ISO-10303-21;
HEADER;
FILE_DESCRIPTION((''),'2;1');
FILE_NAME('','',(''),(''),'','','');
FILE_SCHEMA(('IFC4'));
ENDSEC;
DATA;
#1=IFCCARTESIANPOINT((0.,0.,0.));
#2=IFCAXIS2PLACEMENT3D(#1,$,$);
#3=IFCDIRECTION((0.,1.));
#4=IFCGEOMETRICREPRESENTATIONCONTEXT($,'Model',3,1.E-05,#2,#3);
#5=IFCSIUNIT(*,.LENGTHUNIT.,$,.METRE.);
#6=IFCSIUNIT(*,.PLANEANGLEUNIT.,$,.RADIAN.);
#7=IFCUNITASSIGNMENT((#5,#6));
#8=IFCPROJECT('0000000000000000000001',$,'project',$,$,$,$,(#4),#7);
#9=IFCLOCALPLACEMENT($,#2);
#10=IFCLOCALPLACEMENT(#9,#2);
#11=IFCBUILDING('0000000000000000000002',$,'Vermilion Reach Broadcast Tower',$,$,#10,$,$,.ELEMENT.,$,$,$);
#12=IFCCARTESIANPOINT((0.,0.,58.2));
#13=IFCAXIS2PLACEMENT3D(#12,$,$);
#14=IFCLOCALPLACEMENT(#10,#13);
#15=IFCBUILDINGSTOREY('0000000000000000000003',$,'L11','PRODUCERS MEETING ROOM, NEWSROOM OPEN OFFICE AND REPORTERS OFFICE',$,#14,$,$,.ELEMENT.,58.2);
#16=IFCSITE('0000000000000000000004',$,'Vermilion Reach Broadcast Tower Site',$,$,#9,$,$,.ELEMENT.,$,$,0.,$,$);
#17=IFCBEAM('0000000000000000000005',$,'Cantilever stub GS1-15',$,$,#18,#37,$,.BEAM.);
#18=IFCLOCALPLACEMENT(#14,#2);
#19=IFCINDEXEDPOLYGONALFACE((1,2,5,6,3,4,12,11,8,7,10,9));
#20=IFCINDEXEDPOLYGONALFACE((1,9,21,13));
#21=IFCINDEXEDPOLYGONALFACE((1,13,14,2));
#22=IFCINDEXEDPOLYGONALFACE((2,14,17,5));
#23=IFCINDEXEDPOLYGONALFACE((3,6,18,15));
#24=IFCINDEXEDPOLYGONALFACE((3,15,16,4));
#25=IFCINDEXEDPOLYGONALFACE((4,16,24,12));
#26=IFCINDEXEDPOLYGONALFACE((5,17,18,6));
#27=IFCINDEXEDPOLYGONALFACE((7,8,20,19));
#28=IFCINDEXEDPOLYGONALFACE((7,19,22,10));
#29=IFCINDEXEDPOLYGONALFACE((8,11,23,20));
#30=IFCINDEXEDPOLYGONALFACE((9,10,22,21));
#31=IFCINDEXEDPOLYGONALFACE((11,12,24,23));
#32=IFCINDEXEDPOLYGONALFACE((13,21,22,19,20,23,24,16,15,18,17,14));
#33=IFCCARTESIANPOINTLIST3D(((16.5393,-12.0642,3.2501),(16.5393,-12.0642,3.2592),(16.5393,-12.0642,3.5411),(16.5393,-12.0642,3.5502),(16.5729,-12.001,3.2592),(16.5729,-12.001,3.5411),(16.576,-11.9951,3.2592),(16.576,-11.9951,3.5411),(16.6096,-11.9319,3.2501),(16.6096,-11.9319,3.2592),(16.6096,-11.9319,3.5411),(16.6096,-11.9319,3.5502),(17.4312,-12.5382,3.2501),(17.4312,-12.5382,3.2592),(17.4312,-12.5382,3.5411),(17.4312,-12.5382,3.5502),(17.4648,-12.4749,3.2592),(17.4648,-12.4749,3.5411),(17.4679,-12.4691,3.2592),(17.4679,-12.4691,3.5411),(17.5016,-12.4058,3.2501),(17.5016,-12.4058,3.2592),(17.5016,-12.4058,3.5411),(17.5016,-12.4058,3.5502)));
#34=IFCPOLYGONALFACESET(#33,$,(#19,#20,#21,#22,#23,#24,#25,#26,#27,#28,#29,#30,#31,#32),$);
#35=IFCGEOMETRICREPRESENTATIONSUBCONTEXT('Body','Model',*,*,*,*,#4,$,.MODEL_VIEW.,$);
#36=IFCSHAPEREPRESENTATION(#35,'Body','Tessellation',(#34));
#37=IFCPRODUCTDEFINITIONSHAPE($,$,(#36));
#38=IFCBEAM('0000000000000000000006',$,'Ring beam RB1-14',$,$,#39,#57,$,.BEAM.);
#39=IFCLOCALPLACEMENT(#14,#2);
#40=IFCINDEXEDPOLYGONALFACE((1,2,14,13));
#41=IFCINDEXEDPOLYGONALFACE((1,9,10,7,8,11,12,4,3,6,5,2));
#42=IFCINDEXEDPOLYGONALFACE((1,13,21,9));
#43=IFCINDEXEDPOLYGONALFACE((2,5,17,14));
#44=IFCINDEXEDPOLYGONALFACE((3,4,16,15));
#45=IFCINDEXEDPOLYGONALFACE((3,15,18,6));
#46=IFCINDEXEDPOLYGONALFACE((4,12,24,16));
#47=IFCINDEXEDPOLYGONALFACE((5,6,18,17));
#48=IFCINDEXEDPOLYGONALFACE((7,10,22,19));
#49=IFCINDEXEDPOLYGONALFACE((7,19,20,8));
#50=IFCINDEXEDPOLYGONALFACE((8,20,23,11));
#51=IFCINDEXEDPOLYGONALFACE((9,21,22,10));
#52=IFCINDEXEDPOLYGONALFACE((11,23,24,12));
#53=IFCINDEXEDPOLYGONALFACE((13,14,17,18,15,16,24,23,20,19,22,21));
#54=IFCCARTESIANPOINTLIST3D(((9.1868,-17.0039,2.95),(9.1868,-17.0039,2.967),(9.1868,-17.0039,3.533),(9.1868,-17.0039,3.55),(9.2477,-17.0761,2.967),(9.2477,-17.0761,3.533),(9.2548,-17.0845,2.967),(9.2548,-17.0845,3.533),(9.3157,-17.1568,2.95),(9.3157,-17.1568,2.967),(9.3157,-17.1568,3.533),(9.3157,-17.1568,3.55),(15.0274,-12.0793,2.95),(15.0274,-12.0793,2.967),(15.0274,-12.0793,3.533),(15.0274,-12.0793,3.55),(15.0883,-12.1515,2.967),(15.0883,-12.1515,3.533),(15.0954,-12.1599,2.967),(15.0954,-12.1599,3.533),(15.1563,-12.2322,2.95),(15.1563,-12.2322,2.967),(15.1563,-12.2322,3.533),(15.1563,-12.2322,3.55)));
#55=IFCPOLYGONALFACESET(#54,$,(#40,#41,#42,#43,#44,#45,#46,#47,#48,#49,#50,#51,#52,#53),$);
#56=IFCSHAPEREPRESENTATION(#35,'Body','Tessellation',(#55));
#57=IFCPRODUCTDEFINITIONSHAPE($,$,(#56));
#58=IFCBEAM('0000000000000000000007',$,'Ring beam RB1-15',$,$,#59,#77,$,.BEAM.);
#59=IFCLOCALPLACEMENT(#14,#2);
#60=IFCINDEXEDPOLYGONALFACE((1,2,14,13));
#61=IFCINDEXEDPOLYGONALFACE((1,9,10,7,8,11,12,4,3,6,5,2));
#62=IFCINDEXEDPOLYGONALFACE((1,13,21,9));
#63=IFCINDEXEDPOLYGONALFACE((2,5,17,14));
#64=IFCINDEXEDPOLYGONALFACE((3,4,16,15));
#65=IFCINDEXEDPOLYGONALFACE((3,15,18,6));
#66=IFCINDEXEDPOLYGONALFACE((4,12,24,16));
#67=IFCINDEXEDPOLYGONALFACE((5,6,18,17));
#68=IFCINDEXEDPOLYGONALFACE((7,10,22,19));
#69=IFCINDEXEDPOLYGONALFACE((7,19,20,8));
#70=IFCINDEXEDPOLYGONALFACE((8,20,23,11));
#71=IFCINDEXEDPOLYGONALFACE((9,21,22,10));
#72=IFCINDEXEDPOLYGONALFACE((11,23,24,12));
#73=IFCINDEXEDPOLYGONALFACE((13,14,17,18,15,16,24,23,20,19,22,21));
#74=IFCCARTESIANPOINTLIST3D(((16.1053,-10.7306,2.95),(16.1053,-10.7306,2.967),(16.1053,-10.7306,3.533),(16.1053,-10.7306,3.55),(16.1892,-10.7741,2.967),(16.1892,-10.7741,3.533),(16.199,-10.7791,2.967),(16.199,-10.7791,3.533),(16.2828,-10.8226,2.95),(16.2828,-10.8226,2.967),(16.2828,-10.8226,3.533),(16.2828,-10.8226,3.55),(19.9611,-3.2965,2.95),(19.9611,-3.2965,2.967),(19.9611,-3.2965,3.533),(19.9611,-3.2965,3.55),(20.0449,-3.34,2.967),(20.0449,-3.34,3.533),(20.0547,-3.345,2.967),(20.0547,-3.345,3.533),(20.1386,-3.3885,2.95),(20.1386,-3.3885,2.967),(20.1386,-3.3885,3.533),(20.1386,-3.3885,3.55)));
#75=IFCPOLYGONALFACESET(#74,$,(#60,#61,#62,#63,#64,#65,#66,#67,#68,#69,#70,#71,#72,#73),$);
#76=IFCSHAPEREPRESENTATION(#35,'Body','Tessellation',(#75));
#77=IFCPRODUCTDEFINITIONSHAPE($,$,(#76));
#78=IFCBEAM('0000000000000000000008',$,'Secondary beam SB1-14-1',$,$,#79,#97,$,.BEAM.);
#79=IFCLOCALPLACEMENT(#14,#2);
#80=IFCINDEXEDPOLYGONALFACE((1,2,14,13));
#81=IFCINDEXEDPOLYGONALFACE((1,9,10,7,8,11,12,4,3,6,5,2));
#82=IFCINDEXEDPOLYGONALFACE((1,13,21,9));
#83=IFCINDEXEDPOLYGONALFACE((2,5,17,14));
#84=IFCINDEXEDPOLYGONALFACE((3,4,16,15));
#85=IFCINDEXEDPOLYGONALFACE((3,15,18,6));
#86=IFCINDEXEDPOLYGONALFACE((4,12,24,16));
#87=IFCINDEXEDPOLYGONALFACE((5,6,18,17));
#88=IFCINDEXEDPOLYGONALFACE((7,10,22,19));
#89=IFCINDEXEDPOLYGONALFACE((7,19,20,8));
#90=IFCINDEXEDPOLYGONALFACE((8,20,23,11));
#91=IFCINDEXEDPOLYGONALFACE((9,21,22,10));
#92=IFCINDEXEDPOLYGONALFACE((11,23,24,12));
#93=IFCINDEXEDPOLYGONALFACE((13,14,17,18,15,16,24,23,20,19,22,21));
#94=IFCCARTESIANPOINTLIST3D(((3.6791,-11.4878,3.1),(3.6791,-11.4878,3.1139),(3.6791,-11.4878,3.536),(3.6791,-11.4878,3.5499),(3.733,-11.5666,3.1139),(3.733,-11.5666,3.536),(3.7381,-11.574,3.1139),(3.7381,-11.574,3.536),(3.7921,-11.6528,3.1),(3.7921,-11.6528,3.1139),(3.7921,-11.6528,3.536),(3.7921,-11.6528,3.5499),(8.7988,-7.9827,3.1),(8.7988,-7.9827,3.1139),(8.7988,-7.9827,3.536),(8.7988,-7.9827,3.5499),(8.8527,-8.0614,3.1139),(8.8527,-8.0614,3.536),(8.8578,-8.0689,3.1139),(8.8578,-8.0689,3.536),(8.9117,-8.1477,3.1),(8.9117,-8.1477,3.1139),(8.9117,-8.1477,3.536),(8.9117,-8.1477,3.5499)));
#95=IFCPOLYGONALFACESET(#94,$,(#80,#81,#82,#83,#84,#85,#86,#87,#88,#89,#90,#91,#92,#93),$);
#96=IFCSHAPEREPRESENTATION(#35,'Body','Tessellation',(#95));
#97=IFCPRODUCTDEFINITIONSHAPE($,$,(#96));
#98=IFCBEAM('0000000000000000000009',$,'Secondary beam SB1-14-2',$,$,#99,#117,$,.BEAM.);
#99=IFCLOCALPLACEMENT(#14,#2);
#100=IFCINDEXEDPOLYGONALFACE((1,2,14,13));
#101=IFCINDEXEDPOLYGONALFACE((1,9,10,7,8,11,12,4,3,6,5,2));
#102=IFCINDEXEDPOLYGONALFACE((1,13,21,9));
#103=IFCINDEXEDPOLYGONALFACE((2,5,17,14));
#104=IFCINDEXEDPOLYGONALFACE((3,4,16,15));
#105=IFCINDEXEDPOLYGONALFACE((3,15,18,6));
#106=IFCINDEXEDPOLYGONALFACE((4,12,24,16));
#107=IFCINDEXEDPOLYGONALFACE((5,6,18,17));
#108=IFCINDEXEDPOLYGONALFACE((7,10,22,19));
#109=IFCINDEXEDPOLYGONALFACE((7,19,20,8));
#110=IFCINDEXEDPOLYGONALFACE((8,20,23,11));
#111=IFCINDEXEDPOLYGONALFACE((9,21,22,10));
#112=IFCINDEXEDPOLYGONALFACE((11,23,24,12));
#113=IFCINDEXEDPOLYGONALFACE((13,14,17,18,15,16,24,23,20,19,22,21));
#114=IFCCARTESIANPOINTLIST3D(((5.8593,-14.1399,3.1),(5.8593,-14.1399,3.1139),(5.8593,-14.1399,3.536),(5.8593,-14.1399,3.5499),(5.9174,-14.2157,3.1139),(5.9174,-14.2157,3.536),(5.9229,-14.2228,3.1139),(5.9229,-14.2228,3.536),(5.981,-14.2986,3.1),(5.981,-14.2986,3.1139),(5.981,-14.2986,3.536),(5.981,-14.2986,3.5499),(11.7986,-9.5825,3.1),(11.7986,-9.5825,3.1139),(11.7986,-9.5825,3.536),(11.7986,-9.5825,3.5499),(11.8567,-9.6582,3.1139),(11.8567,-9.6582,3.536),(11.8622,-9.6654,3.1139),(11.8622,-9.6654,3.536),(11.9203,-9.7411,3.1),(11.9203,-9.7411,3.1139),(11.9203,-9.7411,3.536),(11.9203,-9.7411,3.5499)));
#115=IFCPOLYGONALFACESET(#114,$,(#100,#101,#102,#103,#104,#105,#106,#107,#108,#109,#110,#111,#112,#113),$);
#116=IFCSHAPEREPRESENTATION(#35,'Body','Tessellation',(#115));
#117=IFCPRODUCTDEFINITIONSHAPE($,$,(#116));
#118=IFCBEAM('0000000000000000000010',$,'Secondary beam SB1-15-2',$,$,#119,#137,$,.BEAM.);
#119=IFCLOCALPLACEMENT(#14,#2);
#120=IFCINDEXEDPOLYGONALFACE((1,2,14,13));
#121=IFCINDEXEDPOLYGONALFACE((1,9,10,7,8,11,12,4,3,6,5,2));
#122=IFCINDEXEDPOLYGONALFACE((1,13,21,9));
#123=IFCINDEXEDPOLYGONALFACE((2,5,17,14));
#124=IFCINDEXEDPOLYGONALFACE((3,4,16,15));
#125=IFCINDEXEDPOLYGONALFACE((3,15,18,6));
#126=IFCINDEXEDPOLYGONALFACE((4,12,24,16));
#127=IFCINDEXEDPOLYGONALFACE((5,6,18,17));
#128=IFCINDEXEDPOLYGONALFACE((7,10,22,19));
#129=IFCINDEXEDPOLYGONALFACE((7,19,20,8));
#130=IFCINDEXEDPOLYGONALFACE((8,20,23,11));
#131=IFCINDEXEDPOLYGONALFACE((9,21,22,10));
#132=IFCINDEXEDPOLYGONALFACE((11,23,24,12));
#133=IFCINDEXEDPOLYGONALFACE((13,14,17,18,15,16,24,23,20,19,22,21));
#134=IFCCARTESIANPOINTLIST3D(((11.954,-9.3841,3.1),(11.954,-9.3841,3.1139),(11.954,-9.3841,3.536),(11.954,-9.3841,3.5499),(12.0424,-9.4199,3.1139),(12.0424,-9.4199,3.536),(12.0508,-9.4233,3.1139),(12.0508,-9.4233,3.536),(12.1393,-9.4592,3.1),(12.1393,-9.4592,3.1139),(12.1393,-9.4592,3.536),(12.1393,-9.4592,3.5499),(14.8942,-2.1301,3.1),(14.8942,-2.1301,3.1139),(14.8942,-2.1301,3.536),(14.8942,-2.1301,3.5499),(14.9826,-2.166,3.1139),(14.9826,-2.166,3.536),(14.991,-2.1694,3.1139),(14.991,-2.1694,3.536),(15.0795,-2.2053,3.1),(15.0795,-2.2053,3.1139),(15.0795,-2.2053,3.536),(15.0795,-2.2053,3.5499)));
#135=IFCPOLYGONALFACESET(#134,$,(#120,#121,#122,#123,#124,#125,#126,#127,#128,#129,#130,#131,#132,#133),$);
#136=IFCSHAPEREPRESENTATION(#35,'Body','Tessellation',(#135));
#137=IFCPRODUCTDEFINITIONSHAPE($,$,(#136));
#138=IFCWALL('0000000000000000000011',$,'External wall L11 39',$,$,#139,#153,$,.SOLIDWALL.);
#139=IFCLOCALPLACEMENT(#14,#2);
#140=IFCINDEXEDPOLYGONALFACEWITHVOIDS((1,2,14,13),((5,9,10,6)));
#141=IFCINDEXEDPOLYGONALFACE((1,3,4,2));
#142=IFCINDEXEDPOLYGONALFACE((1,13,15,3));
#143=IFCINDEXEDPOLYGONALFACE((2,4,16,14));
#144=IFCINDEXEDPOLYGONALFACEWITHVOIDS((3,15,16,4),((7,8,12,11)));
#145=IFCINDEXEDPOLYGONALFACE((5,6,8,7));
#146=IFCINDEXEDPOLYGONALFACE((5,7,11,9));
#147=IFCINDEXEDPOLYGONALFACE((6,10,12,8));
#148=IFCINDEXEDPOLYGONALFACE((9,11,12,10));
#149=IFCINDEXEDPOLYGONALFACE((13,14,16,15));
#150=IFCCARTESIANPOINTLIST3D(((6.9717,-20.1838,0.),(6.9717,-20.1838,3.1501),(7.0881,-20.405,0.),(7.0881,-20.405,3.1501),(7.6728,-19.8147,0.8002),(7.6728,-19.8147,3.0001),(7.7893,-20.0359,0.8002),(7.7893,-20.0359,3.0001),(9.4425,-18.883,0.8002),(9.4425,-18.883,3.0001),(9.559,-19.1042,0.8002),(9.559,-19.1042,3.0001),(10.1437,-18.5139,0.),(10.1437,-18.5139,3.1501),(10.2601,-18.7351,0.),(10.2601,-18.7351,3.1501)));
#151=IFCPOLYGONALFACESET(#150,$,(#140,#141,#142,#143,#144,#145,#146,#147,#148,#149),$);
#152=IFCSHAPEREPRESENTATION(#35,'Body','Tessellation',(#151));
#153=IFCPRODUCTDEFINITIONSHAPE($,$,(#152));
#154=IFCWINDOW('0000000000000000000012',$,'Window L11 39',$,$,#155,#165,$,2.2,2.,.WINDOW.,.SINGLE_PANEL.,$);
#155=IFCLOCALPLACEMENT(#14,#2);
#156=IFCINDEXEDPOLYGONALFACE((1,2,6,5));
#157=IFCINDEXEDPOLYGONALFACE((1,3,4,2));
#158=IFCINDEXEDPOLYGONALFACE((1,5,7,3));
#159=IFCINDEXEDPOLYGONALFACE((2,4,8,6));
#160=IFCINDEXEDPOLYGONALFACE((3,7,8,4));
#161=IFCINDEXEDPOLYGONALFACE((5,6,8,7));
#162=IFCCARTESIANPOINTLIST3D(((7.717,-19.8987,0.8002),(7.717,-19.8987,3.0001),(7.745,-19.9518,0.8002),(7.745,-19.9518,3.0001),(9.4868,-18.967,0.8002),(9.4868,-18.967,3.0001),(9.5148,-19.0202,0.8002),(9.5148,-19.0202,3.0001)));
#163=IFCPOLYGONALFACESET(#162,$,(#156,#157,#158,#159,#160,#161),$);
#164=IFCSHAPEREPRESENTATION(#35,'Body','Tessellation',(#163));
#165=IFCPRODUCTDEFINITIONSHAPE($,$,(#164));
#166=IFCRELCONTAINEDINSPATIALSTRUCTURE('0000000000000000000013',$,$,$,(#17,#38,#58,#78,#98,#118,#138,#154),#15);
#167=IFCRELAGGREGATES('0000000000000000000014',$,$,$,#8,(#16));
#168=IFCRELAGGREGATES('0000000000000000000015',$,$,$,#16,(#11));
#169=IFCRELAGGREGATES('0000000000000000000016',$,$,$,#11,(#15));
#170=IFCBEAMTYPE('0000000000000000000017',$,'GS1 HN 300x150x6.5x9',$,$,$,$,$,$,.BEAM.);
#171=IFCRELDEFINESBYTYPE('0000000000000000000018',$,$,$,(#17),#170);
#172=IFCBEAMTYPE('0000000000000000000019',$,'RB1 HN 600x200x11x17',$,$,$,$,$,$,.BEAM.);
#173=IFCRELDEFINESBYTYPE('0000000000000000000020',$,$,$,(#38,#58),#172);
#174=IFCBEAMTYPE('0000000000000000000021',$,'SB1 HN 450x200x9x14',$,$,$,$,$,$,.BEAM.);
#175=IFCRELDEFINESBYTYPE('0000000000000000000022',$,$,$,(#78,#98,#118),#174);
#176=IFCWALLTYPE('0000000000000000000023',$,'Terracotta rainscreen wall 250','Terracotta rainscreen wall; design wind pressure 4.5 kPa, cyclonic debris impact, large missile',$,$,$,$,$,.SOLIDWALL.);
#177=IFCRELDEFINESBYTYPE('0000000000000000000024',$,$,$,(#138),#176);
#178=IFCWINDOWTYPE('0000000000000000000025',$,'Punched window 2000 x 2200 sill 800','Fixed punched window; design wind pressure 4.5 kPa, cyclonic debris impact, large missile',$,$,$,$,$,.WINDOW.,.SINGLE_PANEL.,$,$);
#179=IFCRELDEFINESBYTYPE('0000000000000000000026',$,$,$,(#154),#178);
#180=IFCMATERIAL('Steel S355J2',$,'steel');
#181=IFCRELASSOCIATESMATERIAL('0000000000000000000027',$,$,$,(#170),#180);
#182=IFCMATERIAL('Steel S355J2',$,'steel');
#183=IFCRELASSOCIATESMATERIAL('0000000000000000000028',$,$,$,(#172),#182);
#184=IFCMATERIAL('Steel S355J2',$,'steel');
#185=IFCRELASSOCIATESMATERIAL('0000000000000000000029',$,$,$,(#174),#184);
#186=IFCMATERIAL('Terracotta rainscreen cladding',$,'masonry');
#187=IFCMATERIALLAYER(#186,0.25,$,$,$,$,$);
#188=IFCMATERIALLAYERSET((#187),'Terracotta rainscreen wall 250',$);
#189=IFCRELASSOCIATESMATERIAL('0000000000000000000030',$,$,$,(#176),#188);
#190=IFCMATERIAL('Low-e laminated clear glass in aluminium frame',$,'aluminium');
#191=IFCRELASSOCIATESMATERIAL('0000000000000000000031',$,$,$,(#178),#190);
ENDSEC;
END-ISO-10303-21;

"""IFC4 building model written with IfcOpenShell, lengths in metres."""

from ifc_helpers import new_model, si_unit, direction, frame, frame_2d, origin, origin_2d, place, context, subcontext, project, spatial, rectangle, i_section, extrude, material, layer, layer_set, material_profile, profile_set, type_object, element, fill, save


model = new_model("IFC4")

# Units and contexts
model_context = context("Model", 3, precision=1e-05, world=origin(), true_north=direction((0.0, 1.0)))
body_context = subcontext(model_context, "Body", "Model", "MODEL_VIEW")
ifc_project = project(units=[si_unit("LENGTHUNIT", "METRE"), si_unit("PLANEANGLEUNIT", "RADIAN")], contexts=[model_context])

# Site, building, storey
site_placement = place(None, origin())
site = spatial("IfcSite", under=ifc_project, at=site_placement, Name="Vermilion Reach Broadcast Tower Site", CompositionType="ELEMENT", RefElevation=0.0)
building_placement = place(site_placement, origin())
building = spatial("IfcBuilding", under=site, at=building_placement, Name="Vermilion Reach Broadcast Tower", CompositionType="ELEMENT")
storey_placement = place(building_placement, frame((0.0, 0.0, 58.2)))
storey = spatial("IfcBuildingStorey", under=building, at=storey_placement, Name="L11", Description="PRODUCERS MEETING ROOM, NEWSROOM OPEN OFFICE AND REPORTERS OFFICE", CompositionType="ELEMENT", Elevation=58.2)

# Beams
ifc_material_1 = material(Name="Steel S355J2", Category="steel")
ifc_material_profile_1 = material_profile(ifc_material_1, i_section(OverallWidth=0.1499, OverallDepth=0.3, WebThickness=0.0066, FlangeThickness=0.009, at=origin_2d()), Name="S355J2 HN 300x150x6.5x9")
ifc_profile_set_1 = profile_set([ifc_material_profile_1], Name="Steel S355J2")
beam_type_1 = type_object("IfcBeamType", Name="GS1 HN 300x150x6.5x9", PredefinedType="BEAM", material=ifc_profile_set_1)
beam_1_placement = place(storey_placement, frame((16.5745, -11.998, 3.4001), z_axis=(0.883081, -0.46922, 0.0), x_axis=(0.46922, 0.883081, 0.0)))
element("IfcBeam", 1, at=beam_1_placement, inside=storey, type_object=beam_type_1, Name="Cantilever stub GS1-15", PredefinedType="BEAM", context=body_context, shape_type="SweptSolid", body=[
    extrude(i_section(OverallWidth=0.1499, OverallDepth=0.3, WebThickness=0.0066, FlangeThickness=0.009, at=origin_2d()), origin(), (0.0, 0.0, 1.0), 1.01),
])
ifc_material_2 = material(Name="Steel S355J2", Category="steel")
ifc_material_profile_2 = material_profile(ifc_material_2, i_section(OverallWidth=0.2, OverallDepth=0.6001, WebThickness=0.011, FlangeThickness=0.0171, at=origin_2d()), Name="S355J2 HN 600x200x11x17")
ifc_profile_set_2 = profile_set([ifc_material_profile_2], Name="Steel S355J2")
beam_type_2 = type_object("IfcBeamType", Name="RB1 HN 600x200x11x17", PredefinedType="BEAM", material=ifc_profile_set_2)
beam_2_placement = place(storey_placement, frame((9.2512, -17.0803, 3.25), z_axis=(0.764512, 0.644609, 0.0), x_axis=(-0.644609, 0.764512, 0.0)))
element("IfcBeam", 2, at=beam_2_placement, inside=storey, type_object=beam_type_2, Name="Ring beam RB1-14", PredefinedType="BEAM", context=body_context, shape_type="SweptSolid", body=[
    extrude(i_section(OverallWidth=0.2, OverallDepth=0.6001, WebThickness=0.011, FlangeThickness=0.0171, at=origin_2d()), origin(), (0.0, 0.0, 1.0), 7.6396),
])
beam_3_placement = place(storey_placement, frame((16.1941, -10.7766, 3.25), z_axis=(0.460412, 0.887706, 0.0), x_axis=(-0.887706, 0.460412, 0.0)))
element("IfcBeam", 3, at=beam_3_placement, inside=storey, type_object=beam_type_2, Name="Ring beam RB1-15", PredefinedType="BEAM", context=body_context, shape_type="SweptSolid", body=[
    extrude(i_section(OverallWidth=0.2, OverallDepth=0.6001, WebThickness=0.011, FlangeThickness=0.0171, at=origin_2d()), origin(), (0.0, 0.0, 1.0), 8.3745),
])
ifc_material_3 = material(Name="Steel S355J2", Category="steel")
ifc_material_profile_3 = material_profile(ifc_material_3, i_section(OverallWidth=0.2, OverallDepth=0.45, WebThickness=0.009, FlangeThickness=0.0139, at=origin_2d()), Name="S355J2 HN 450x200x9x14")
ifc_profile_set_3 = profile_set([ifc_material_profile_3], Name="Steel S355J2")
beam_type_3 = type_object("IfcBeamType", Name="SB1 HN 450x200x9x14", PredefinedType="BEAM", material=ifc_profile_set_3)
beam_4_placement = place(storey_placement, frame((3.7356, -11.5703, 3.325), z_axis=(0.82514, 0.564928, 0.0), x_axis=(-0.564928, 0.82514, 0.0)))
element("IfcBeam", 4, at=beam_4_placement, inside=storey, type_object=beam_type_3, Name="Secondary beam SB1-14-1", PredefinedType="BEAM", context=body_context, shape_type="SweptSolid", body=[
    extrude(i_section(OverallWidth=0.2, OverallDepth=0.45, WebThickness=0.009, FlangeThickness=0.0139, at=origin_2d()), origin(), (0.0, 0.0, 1.0), 6.2046),
])
beam_5_placement = place(storey_placement, frame((5.9202, -14.2192, 3.325), z_axis=(0.79335, 0.608766, 0.0), x_axis=(-0.608766, 0.79335, 0.0)))
element("IfcBeam", 5, at=beam_5_placement, inside=storey, type_object=beam_type_3, Name="Secondary beam SB1-14-2", PredefinedType="BEAM", context=body_context, shape_type="SweptSolid", body=[
    extrude(i_section(OverallWidth=0.2, OverallDepth=0.45, WebThickness=0.009, FlangeThickness=0.0139, at=origin_2d()), origin(), (0.0, 0.0, 1.0), 7.4863),
])
beam_6_placement = place(storey_placement, frame((12.0466, -9.4216, 3.325), z_axis=(0.375641, 0.926765, 0.0), x_axis=(-0.926765, 0.375641, 0.0)))
element("IfcBeam", 6, at=beam_6_placement, inside=storey, type_object=beam_type_3, Name="Secondary beam SB1-15-2", PredefinedType="BEAM", context=body_context, shape_type="SweptSolid", body=[
    extrude(i_section(OverallWidth=0.2, OverallDepth=0.45, WebThickness=0.009, FlangeThickness=0.0139, at=origin_2d()), origin(), (0.0, 0.0, 1.0), 7.8271),
])

# Wall, opening, window
ifc_material_4 = material(Name="Terracotta rainscreen cladding", Category="masonry")
ifc_layer_1 = layer(ifc_material_4, 0.25)
ifc_layer_set_1 = layer_set([ifc_layer_1], Name="Terracotta rainscreen wall 250")
wall_type_1 = type_object("IfcWallType", Name="Terracotta rainscreen wall 250", Description="Terracotta rainscreen wall; design wind pressure 4.5 kPa, cyclonic debris impact, large missile", PredefinedType="SOLIDWALL", material=ifc_layer_set_1)
wall_1_placement = place(storey_placement, frame((7.0298, -20.2944, 0.0), z_axis=(0.0, 0.0, 1.0), x_axis=(0.884874, 0.465831, 0.0)))
wall_1 = element("IfcWall", 7, at=wall_1_placement, inside=storey, type_object=wall_type_1, Name="External wall L11 39", PredefinedType="SOLIDWALL", context=body_context, shape_type="SweptSolid", body=[
    extrude(rectangle(XDim=3.5847, YDim=0.25, at=frame_2d((1.7925, 0.0))), origin(), (0.0, 0.0, 1.0), 3.1501),
])
opening_1_placement = place(wall_1_placement, frame((0.7925, 0.0, 0.8)))
opening_1 = element("IfcOpeningElement", 8, at=opening_1_placement, cuts=wall_1, PredefinedType="OPENING", context=body_context, shape_type="SweptSolid", body=[
    extrude(rectangle(XDim=2.0, YDim=2.2, at=frame_2d((1.0, 1.1001))), frame((0.0, 0.135, 0.0), z_axis=(0.0, -1.0, 0.0), x_axis=(1.0, 0.0, 0.0)), (0.0, 0.0, 1.0), 0.27),
])
ifc_material_5 = material(Name="Low-e laminated clear glass in aluminium frame", Category="aluminium")
window_type = type_object("IfcWindowType", Name="Punched window 2000 x 2200 sill 800", Description="Fixed punched window; design wind pressure 4.5 kPa, cyclonic debris impact, large missile", PartitioningType="SINGLE_PANEL", PredefinedType="WINDOW", material=ifc_material_5)
window_1_placement = place(opening_1_placement, origin())
window_1 = element("IfcWindow", 9, at=window_1_placement, inside=storey, type_object=window_type, Name="Window L11 39", OverallHeight=2.2, OverallWidth=2.0, PartitioningType="SINGLE_PANEL", PredefinedType="WINDOW", context=body_context, shape_type="SweptSolid", body=[
    extrude(rectangle(XDim=2.0, YDim=2.2, at=frame_2d((1.0, 1.1001))), frame((0.0, 0.03, 0.0), z_axis=(0.0, -1.0, 0.0), x_axis=(1.0, 0.0, 0.0)), (0.0, 0.0, 1.0), 0.0601),
])
fill(opening_1, window_1)

save(model, "model.ifc")
